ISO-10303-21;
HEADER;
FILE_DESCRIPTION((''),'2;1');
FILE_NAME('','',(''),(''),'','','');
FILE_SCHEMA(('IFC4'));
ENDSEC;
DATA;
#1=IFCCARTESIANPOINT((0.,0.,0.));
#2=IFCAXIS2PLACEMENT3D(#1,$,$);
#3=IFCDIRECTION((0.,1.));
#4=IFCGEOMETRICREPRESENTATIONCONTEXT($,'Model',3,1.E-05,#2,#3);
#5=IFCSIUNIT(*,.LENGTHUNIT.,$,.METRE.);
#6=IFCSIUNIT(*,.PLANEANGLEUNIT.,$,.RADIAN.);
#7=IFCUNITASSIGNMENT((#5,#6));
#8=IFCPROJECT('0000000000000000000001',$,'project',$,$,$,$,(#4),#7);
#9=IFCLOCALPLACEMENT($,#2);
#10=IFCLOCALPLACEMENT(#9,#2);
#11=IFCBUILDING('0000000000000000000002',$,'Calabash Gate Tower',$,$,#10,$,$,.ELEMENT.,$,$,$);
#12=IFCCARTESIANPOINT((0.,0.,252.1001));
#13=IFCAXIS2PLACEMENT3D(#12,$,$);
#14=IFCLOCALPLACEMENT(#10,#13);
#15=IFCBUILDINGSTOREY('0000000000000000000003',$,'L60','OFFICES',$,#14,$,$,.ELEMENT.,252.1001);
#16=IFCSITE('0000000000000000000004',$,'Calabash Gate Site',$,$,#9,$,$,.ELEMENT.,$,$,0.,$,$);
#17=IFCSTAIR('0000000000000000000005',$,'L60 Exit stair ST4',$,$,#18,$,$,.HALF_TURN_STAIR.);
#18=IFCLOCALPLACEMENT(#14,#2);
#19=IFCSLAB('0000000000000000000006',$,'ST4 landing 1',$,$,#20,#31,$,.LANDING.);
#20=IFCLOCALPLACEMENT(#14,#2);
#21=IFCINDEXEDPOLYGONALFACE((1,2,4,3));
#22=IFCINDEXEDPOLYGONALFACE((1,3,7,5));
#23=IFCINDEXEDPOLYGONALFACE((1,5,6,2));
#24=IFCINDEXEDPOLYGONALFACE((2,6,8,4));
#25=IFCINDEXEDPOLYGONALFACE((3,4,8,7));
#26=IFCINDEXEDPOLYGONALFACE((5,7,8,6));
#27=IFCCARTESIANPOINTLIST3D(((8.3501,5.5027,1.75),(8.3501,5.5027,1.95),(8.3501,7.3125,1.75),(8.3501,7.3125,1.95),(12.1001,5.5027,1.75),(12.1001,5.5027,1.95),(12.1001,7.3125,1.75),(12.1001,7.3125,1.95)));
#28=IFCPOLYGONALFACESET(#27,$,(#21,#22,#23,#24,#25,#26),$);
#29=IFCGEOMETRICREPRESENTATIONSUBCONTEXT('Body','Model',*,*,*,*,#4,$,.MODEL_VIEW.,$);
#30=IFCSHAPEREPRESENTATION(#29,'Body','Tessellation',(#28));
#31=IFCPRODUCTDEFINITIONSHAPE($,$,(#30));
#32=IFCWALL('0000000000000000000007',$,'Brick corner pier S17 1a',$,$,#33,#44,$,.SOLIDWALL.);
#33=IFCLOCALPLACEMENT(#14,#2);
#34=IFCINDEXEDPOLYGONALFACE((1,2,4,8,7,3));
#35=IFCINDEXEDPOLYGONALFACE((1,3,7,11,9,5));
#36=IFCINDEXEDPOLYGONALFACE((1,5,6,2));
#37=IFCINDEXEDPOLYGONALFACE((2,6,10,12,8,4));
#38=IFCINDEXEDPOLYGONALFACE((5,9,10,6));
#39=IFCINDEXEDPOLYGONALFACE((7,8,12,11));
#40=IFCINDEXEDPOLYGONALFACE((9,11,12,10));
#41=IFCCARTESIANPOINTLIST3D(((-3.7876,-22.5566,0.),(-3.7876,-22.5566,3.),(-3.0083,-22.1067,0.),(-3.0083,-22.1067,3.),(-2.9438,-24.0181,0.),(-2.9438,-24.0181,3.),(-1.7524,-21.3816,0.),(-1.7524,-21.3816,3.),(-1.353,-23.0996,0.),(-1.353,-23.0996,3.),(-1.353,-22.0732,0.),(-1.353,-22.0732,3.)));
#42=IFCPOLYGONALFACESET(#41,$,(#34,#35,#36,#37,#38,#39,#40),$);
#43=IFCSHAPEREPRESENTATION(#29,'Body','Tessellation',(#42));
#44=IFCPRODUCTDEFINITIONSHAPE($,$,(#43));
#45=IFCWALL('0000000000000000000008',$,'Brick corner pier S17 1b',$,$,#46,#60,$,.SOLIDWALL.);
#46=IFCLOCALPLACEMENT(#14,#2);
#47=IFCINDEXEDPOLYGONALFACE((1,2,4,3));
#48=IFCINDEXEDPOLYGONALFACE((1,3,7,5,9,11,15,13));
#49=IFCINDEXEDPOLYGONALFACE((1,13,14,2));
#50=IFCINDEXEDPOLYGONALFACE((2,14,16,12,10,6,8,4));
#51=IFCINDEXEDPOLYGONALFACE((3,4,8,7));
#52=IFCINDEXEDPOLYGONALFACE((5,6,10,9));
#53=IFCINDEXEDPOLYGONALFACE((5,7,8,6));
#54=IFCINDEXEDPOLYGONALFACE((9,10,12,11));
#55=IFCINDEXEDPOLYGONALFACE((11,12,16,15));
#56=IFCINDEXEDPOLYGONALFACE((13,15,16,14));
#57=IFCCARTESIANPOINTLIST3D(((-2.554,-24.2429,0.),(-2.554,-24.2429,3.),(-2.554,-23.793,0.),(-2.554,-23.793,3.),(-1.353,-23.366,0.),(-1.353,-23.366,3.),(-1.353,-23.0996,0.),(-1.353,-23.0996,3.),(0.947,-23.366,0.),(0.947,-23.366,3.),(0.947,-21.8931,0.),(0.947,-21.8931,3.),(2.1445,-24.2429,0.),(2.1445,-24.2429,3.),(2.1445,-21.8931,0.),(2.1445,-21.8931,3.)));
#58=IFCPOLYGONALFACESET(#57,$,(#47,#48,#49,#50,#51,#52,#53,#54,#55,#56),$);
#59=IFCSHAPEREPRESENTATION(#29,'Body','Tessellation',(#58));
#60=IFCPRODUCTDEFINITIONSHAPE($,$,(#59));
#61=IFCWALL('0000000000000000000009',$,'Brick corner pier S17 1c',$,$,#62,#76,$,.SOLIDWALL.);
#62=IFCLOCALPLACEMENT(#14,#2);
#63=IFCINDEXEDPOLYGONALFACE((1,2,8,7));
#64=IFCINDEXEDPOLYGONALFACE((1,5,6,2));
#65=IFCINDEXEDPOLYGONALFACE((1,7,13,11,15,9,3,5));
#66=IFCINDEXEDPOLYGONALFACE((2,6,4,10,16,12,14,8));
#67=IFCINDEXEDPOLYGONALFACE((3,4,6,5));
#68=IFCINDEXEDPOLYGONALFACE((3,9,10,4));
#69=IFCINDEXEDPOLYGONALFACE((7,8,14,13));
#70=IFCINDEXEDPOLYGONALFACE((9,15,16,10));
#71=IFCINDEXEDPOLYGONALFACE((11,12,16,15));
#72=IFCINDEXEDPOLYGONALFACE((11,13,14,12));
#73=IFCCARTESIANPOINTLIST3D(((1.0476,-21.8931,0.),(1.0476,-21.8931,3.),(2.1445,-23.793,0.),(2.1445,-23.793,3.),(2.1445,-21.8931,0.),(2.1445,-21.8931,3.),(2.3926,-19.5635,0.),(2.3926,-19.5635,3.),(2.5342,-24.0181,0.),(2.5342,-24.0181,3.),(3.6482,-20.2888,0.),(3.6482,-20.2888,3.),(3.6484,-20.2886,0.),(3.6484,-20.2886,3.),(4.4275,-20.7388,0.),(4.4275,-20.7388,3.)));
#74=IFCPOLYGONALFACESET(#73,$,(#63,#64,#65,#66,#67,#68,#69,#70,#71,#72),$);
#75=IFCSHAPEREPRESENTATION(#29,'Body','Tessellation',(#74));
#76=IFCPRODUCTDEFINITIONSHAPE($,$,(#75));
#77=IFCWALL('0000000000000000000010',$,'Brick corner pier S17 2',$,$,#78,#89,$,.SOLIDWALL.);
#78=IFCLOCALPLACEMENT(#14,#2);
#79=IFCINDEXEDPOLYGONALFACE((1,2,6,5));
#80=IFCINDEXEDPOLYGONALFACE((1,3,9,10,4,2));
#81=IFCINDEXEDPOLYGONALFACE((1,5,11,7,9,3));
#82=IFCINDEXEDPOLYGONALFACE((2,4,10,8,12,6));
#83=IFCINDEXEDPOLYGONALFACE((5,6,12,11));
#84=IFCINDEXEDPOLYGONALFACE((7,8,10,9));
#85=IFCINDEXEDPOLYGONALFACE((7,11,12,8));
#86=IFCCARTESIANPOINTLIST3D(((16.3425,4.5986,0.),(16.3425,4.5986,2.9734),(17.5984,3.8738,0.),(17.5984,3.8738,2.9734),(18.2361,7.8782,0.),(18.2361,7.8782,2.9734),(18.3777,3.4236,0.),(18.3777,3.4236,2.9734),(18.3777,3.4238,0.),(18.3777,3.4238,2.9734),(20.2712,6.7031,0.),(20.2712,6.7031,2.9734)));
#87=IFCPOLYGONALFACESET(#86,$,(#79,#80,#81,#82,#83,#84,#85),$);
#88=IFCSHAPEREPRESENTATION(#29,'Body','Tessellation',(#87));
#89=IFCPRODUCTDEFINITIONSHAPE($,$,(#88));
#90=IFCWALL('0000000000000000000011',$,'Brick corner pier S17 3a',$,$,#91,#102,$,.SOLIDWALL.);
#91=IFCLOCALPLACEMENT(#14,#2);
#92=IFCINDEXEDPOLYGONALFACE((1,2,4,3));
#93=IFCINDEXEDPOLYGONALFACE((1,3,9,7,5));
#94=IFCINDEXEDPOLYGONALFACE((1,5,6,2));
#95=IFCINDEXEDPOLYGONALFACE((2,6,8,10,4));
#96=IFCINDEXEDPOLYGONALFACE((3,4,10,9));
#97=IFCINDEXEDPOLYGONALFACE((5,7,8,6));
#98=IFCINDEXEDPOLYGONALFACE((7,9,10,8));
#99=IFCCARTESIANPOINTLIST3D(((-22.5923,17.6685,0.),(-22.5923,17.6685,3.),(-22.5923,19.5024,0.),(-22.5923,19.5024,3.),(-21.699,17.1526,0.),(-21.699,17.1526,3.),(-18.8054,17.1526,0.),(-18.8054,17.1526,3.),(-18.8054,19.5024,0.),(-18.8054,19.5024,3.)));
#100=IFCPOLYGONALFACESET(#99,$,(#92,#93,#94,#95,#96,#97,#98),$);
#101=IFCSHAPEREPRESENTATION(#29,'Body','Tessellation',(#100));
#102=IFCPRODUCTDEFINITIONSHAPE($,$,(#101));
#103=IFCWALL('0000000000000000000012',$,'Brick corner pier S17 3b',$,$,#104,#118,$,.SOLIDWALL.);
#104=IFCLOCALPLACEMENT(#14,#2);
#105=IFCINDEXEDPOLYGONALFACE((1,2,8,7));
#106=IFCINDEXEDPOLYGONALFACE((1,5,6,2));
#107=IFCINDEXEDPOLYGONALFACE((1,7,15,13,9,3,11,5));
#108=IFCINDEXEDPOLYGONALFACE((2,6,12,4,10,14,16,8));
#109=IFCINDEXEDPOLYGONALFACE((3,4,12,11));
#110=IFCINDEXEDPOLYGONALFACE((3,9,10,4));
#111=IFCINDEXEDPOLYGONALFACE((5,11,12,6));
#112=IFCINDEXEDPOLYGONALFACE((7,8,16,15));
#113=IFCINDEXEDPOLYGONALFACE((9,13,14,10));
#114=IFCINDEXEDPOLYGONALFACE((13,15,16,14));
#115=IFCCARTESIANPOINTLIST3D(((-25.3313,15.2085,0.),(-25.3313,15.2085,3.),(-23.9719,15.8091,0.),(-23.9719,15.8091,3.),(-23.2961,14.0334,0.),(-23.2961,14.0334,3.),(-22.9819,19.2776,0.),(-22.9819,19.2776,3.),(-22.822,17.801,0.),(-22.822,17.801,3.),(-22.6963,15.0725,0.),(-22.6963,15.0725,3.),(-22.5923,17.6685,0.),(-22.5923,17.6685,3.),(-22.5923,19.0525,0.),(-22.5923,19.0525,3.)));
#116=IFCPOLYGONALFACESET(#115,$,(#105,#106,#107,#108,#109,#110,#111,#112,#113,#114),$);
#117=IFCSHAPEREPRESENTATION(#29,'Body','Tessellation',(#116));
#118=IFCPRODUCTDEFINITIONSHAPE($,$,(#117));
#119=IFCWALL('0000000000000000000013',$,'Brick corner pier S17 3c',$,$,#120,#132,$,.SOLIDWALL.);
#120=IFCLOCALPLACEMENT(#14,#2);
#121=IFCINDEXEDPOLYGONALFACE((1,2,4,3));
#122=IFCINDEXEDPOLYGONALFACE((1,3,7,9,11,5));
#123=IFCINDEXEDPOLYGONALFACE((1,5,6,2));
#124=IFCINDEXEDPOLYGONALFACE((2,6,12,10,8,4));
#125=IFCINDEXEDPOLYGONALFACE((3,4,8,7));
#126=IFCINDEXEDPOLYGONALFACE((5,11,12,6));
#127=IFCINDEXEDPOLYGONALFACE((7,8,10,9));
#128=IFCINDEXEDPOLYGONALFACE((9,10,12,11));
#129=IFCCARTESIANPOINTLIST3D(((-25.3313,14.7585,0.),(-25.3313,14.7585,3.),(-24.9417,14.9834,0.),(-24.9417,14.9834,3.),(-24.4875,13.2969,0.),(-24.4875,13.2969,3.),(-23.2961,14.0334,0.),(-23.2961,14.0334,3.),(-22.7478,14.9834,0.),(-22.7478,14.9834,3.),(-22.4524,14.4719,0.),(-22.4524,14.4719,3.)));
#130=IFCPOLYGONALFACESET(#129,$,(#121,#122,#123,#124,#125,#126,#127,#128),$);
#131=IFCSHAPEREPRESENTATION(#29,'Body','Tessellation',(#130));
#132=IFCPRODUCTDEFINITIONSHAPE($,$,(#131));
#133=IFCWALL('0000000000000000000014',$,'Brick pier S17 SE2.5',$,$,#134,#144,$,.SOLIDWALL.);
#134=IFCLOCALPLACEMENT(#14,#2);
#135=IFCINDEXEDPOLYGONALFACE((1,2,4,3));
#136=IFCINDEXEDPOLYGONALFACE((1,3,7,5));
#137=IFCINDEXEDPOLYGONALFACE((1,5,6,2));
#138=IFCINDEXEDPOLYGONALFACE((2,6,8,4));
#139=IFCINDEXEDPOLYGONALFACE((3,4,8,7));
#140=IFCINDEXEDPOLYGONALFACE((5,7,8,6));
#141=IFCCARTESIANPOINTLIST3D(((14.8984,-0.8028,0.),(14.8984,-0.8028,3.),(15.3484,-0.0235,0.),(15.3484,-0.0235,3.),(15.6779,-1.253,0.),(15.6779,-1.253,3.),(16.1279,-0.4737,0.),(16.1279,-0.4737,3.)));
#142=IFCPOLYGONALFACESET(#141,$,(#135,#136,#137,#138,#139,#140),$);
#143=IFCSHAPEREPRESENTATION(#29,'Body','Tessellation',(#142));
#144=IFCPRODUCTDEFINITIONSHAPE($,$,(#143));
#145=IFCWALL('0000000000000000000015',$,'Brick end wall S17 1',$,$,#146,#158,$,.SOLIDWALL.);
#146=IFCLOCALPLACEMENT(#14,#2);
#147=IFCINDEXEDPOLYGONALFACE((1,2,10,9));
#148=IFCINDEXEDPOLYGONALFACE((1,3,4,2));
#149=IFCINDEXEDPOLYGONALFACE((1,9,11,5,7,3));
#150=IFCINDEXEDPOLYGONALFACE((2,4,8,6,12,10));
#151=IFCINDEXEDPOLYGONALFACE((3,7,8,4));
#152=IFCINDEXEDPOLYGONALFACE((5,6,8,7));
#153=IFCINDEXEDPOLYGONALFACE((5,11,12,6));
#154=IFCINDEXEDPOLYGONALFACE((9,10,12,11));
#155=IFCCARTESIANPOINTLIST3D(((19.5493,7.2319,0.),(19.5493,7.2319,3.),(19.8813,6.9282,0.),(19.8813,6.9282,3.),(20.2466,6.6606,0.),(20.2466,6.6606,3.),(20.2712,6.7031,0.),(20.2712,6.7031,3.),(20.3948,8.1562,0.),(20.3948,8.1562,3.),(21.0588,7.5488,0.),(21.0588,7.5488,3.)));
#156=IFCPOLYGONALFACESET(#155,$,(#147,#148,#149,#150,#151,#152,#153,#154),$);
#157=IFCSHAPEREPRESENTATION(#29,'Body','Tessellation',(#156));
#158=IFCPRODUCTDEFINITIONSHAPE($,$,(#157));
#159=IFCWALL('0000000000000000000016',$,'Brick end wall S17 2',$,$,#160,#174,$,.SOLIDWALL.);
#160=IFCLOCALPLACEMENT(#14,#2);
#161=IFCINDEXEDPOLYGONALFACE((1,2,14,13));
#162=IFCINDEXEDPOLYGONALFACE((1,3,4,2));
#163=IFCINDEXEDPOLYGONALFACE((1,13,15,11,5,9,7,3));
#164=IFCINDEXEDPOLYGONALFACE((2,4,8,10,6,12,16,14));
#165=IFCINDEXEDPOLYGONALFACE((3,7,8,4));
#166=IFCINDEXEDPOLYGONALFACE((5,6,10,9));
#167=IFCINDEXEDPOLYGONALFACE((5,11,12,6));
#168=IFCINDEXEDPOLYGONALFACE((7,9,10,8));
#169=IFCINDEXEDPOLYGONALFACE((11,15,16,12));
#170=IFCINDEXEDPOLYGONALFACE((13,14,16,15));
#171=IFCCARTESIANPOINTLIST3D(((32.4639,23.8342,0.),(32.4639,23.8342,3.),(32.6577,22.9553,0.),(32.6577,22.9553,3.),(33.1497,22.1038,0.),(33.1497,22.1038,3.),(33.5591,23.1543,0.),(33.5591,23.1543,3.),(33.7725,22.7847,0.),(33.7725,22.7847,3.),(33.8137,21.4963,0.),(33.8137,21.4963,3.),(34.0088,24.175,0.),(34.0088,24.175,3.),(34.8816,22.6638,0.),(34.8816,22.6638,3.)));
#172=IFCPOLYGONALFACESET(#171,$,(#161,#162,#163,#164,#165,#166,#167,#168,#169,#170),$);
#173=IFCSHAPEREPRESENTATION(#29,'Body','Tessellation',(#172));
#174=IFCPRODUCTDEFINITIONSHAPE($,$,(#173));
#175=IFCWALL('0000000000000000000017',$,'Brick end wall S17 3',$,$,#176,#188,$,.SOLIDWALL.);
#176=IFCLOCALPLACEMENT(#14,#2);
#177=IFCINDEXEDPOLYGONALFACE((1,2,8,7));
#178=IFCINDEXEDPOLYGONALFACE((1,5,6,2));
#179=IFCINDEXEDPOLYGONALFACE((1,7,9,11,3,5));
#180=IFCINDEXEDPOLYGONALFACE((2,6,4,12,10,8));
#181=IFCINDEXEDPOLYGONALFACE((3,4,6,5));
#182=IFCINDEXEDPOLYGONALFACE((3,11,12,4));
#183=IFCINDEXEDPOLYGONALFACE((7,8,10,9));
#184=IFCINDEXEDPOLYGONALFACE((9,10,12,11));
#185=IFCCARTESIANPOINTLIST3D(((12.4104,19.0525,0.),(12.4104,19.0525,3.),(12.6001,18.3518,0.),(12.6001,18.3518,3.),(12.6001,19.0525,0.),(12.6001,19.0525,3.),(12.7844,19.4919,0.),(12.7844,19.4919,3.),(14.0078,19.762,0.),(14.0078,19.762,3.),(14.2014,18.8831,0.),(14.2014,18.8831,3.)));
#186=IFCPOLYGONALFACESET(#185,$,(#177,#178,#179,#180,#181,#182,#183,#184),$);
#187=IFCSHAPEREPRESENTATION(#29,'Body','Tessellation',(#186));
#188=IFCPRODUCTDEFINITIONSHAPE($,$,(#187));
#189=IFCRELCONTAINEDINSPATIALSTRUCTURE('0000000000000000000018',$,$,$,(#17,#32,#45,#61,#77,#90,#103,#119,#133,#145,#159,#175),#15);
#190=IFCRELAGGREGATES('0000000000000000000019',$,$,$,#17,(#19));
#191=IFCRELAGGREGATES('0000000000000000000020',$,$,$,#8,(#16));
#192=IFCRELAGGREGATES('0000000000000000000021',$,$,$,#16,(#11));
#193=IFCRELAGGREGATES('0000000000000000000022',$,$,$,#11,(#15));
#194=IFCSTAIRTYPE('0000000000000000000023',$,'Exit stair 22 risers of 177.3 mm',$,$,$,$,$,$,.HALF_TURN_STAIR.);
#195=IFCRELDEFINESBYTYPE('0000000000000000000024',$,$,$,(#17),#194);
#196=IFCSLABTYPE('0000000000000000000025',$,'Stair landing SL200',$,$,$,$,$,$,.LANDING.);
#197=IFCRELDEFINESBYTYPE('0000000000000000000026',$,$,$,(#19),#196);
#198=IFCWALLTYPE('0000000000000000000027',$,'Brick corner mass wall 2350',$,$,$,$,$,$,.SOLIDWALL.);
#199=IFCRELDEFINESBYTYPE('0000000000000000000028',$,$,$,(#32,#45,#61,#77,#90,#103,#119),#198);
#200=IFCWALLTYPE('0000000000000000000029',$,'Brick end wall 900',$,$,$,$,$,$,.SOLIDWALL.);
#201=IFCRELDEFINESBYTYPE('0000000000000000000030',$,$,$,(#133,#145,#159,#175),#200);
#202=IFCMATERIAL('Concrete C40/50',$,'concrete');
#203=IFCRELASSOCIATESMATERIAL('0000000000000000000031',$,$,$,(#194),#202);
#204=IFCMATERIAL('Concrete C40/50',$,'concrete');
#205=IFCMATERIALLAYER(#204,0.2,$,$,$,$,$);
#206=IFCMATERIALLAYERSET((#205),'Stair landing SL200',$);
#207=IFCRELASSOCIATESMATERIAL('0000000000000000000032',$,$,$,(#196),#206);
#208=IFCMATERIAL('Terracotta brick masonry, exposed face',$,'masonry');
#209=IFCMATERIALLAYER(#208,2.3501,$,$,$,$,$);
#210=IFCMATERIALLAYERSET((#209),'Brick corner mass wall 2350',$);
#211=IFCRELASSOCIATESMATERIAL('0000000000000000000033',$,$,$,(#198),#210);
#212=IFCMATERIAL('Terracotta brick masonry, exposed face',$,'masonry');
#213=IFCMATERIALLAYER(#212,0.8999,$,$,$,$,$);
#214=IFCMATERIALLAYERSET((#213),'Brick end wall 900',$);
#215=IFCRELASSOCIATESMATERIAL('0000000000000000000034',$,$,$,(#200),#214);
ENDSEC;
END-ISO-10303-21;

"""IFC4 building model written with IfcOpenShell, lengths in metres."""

from ifc_helpers import new_model, si_unit, direction, frame, frame_2d, origin, place, context, subcontext, project, spatial, polyline, rectangle, outline, extrude, material, layer, layer_set, type_object, element, aggregate, save


model = new_model("IFC4")

# Units and contexts
model_context = context("Model", 3, precision=1e-05, world=origin(), true_north=direction((0.0, 1.0)))
body_context = subcontext(model_context, "Body", "Model", "MODEL_VIEW")
ifc_project = project(units=[si_unit("LENGTHUNIT", "METRE"), si_unit("PLANEANGLEUNIT", "RADIAN")], contexts=[model_context])

# Site, building, storey
site_placement = place(None, origin())
site = spatial("IfcSite", under=ifc_project, at=site_placement, Name="Calabash Gate Site", CompositionType="ELEMENT", RefElevation=0.0)
building_placement = place(site_placement, origin())
building = spatial("IfcBuilding", under=site, at=building_placement, Name="Calabash Gate Tower", CompositionType="ELEMENT")
storey_placement = place(building_placement, frame((0.0, 0.0, 252.1001)))
storey = spatial("IfcBuildingStorey", under=building, at=storey_placement, Name="L60", Description="OFFICES", CompositionType="ELEMENT", Elevation=252.1001)

# Stair, slab
ifc_material_1 = material(Name="Concrete C40/50", Category="concrete")
stair_type = type_object("IfcStairType", Name="Exit stair 22 risers of 177.3 mm", PredefinedType="HALF_TURN_STAIR", material=ifc_material_1)
ifc_material_2 = material(Name="Concrete C40/50", Category="concrete")
ifc_layer_1 = layer(ifc_material_2, 0.2)
ifc_layer_set_1 = layer_set([ifc_layer_1], Name="Stair landing SL200")
slab_type = type_object("IfcSlabType", Name="Stair landing SL200", PredefinedType="LANDING", material=ifc_layer_set_1)
stair_1_placement = place(storey_placement, origin())
stair_1 = element("IfcStair", 1, at=stair_1_placement, inside=storey, type_object=stair_type, Name="L60 Exit stair ST4", PredefinedType="HALF_TURN_STAIR")
slab_1_placement = place(storey_placement, frame((0.0, 0.0, 1.75)))
slab_1 = element("IfcSlab", 2, at=slab_1_placement, type_object=slab_type, Name="ST4 landing 1", PredefinedType="LANDING", context=body_context, shape_type="SweptSolid", body=[
    extrude(outline(polyline([(8.3501, 7.3125), (8.3501, 5.5027), (12.1001, 5.5027), (12.1001, 7.3125), (8.3501, 7.3125)])), origin(), (0.0, 0.0, 1.0), 0.2),
])
aggregate(stair_1, [slab_1])

# Walls
ifc_material_3 = material(Name="Terracotta brick masonry, exposed face", Category="masonry")
ifc_layer_2 = layer(ifc_material_3, 2.3501)
ifc_layer_set_2 = layer_set([ifc_layer_2], Name="Brick corner mass wall 2350")
wall_type_1 = type_object("IfcWallType", Name="Brick corner mass wall 2350", PredefinedType="SOLIDWALL", material=ifc_layer_set_2)
wall_1_placement = place(storey_placement, origin())
element("IfcWall", 3, at=wall_1_placement, inside=storey, type_object=wall_type_1, Name="Brick corner pier S17 1a", PredefinedType="SOLIDWALL", context=body_context, shape_type="SweptSolid", body=[
    extrude(outline(polyline([(-1.353, -22.0732), (-1.7524, -21.3816), (-3.0083, -22.1067), (-3.0083, -22.1067), (-3.7876, -22.5566), (-2.9438, -24.0181), (-1.353, -23.0996), (-1.353, -22.0732)])), origin(), (0.0, 0.0, 1.0), 3.0),
])
wall_2_placement = place(storey_placement, origin())
element("IfcWall", 4, at=wall_2_placement, inside=storey, type_object=wall_type_1, Name="Brick corner pier S17 1b", PredefinedType="SOLIDWALL", context=body_context, shape_type="SweptSolid", body=[
    extrude(outline(polyline([(-1.353, -23.366), (-1.353, -23.0996), (-2.554, -23.793), (-2.554, -24.2429), (2.1445, -24.2429), (2.1445, -21.8931), (0.947, -21.8931), (0.947, -23.366), (-1.353, -23.366)])), origin(), (0.0, 0.0, 1.0), 3.0),
])
wall_3_placement = place(storey_placement, origin())
element("IfcWall", 5, at=wall_3_placement, inside=storey, type_object=wall_type_1, Name="Brick corner pier S17 1c", PredefinedType="SOLIDWALL", context=body_context, shape_type="SweptSolid", body=[
    extrude(outline(polyline([(3.6484, -20.2886), (2.3926, -19.5635), (1.0476, -21.8931), (2.1445, -21.8931), (2.1445, -23.793), (2.5342, -24.0181), (4.4275, -20.7388), (3.6482, -20.2888), (3.6484, -20.2886)])), origin(), (0.0, 0.0, 1.0), 3.0),
])
wall_4_placement = place(storey_placement, origin())
element("IfcWall", 6, at=wall_4_placement, inside=storey, type_object=wall_type_1, Name="Brick corner pier S17 2", PredefinedType="SOLIDWALL", context=body_context, shape_type="SweptSolid", body=[
    extrude(outline(polyline([(18.3777, 3.4238), (18.3777, 3.4236), (18.3777, 3.4236), (20.2712, 6.7031), (18.2361, 7.8782), (16.3425, 4.5986), (17.5984, 3.8738), (17.5984, 3.8738), (18.3777, 3.4238)])), origin(), (0.0, 0.0, 1.0), 2.9734),
])
wall_5_placement = place(storey_placement, origin())
element("IfcWall", 7, at=wall_5_placement, inside=storey, type_object=wall_type_1, Name="Brick corner pier S17 3a", PredefinedType="SOLIDWALL", context=body_context, shape_type="SweptSolid", body=[
    extrude(outline(polyline([(-21.699, 17.1526), (-18.8054, 17.1526), (-18.8054, 19.5024), (-22.5923, 19.5024), (-22.5923, 17.6685), (-21.699, 17.1526)])), origin(), (0.0, 0.0, 1.0), 3.0),
])
wall_6_placement = place(storey_placement, origin())
element("IfcWall", 8, at=wall_6_placement, inside=storey, type_object=wall_type_1, Name="Brick corner pier S17 3b", PredefinedType="SOLIDWALL", context=body_context, shape_type="SweptSolid", body=[
    extrude(outline(polyline([(-22.822, 17.801), (-22.5923, 17.6685), (-22.5923, 19.0525), (-22.9819, 19.2776), (-25.3313, 15.2085), (-23.2961, 14.0334), (-22.6963, 15.0725), (-23.9719, 15.8091), (-22.822, 17.801)])), origin(), (0.0, 0.0, 1.0), 3.0),
])
wall_7_placement = place(storey_placement, origin())
element("IfcWall", 9, at=wall_7_placement, inside=storey, type_object=wall_type_1, Name="Brick corner pier S17 3c", PredefinedType="SOLIDWALL", context=body_context, shape_type="SweptSolid", body=[
    extrude(outline(polyline([(-22.7478, 14.9834), (-23.2961, 14.0334), (-24.9417, 14.9834), (-25.3313, 14.7585), (-24.4875, 13.2969), (-22.4524, 14.4719), (-22.7478, 14.9834)])), origin(), (0.0, 0.0, 1.0), 3.0),
])
ifc_material_4 = material(Name="Terracotta brick masonry, exposed face", Category="masonry")
ifc_layer_3 = layer(ifc_material_4, 0.8999)
ifc_layer_set_3 = layer_set([ifc_layer_3], Name="Brick end wall 900")
wall_type_2 = type_object("IfcWallType", Name="Brick end wall 900", PredefinedType="SOLIDWALL", material=ifc_layer_set_3)
wall_8_placement = place(storey_placement, frame((15.1233, -0.4131, 0.0), z_axis=(0.0, 0.0, 1.0), x_axis=(0.865964, -0.500106, 0.0)))
element("IfcWall", 10, at=wall_8_placement, inside=storey, type_object=wall_type_2, Name="Brick pier S17 SE2.5", PredefinedType="SOLIDWALL", context=body_context, shape_type="SweptSolid", body=[
    extrude(rectangle(XDim=0.9001, YDim=0.8999, at=frame_2d((0.4502, 0.0))), origin(), (0.0, 0.0, 1.0), 3.0),
])
wall_9_placement = place(storey_placement, origin())
element("IfcWall", 11, at=wall_9_placement, inside=storey, type_object=wall_type_2, Name="Brick end wall S17 1", PredefinedType="SOLIDWALL", context=body_context, shape_type="SweptSolid", body=[
    extrude(outline(polyline([(20.3948, 8.1562), (19.5493, 7.2319), (19.8813, 6.9282), (20.2712, 6.7031), (20.2466, 6.6606), (21.0588, 7.5488), (20.3948, 8.1562)])), origin(), (0.0, 0.0, 1.0), 3.0),
])
wall_10_placement = place(storey_placement, origin())
element("IfcWall", 12, at=wall_10_placement, inside=storey, type_object=wall_type_2, Name="Brick end wall S17 2", PredefinedType="SOLIDWALL", context=body_context, shape_type="SweptSolid", body=[
    extrude(outline(polyline([(33.8137, 21.4963), (34.8816, 22.6638), (34.0088, 24.175), (32.4639, 23.8342), (32.6577, 22.9553), (33.5591, 23.1543), (33.7725, 22.7847), (33.1497, 22.1038), (33.8137, 21.4963)])), origin(), (0.0, 0.0, 1.0), 3.0),
])
wall_11_placement = place(storey_placement, origin())
element("IfcWall", 13, at=wall_11_placement, inside=storey, type_object=wall_type_2, Name="Brick end wall S17 3", PredefinedType="SOLIDWALL", context=body_context, shape_type="SweptSolid", body=[
    extrude(outline(polyline([(14.2014, 18.8831), (14.0078, 19.762), (12.7844, 19.4919), (12.4104, 19.0525), (12.6001, 19.0525), (12.6001, 18.3518), (14.2014, 18.8831)])), origin(), (0.0, 0.0, 1.0), 3.0),
])

save(model, "model.ifc")
